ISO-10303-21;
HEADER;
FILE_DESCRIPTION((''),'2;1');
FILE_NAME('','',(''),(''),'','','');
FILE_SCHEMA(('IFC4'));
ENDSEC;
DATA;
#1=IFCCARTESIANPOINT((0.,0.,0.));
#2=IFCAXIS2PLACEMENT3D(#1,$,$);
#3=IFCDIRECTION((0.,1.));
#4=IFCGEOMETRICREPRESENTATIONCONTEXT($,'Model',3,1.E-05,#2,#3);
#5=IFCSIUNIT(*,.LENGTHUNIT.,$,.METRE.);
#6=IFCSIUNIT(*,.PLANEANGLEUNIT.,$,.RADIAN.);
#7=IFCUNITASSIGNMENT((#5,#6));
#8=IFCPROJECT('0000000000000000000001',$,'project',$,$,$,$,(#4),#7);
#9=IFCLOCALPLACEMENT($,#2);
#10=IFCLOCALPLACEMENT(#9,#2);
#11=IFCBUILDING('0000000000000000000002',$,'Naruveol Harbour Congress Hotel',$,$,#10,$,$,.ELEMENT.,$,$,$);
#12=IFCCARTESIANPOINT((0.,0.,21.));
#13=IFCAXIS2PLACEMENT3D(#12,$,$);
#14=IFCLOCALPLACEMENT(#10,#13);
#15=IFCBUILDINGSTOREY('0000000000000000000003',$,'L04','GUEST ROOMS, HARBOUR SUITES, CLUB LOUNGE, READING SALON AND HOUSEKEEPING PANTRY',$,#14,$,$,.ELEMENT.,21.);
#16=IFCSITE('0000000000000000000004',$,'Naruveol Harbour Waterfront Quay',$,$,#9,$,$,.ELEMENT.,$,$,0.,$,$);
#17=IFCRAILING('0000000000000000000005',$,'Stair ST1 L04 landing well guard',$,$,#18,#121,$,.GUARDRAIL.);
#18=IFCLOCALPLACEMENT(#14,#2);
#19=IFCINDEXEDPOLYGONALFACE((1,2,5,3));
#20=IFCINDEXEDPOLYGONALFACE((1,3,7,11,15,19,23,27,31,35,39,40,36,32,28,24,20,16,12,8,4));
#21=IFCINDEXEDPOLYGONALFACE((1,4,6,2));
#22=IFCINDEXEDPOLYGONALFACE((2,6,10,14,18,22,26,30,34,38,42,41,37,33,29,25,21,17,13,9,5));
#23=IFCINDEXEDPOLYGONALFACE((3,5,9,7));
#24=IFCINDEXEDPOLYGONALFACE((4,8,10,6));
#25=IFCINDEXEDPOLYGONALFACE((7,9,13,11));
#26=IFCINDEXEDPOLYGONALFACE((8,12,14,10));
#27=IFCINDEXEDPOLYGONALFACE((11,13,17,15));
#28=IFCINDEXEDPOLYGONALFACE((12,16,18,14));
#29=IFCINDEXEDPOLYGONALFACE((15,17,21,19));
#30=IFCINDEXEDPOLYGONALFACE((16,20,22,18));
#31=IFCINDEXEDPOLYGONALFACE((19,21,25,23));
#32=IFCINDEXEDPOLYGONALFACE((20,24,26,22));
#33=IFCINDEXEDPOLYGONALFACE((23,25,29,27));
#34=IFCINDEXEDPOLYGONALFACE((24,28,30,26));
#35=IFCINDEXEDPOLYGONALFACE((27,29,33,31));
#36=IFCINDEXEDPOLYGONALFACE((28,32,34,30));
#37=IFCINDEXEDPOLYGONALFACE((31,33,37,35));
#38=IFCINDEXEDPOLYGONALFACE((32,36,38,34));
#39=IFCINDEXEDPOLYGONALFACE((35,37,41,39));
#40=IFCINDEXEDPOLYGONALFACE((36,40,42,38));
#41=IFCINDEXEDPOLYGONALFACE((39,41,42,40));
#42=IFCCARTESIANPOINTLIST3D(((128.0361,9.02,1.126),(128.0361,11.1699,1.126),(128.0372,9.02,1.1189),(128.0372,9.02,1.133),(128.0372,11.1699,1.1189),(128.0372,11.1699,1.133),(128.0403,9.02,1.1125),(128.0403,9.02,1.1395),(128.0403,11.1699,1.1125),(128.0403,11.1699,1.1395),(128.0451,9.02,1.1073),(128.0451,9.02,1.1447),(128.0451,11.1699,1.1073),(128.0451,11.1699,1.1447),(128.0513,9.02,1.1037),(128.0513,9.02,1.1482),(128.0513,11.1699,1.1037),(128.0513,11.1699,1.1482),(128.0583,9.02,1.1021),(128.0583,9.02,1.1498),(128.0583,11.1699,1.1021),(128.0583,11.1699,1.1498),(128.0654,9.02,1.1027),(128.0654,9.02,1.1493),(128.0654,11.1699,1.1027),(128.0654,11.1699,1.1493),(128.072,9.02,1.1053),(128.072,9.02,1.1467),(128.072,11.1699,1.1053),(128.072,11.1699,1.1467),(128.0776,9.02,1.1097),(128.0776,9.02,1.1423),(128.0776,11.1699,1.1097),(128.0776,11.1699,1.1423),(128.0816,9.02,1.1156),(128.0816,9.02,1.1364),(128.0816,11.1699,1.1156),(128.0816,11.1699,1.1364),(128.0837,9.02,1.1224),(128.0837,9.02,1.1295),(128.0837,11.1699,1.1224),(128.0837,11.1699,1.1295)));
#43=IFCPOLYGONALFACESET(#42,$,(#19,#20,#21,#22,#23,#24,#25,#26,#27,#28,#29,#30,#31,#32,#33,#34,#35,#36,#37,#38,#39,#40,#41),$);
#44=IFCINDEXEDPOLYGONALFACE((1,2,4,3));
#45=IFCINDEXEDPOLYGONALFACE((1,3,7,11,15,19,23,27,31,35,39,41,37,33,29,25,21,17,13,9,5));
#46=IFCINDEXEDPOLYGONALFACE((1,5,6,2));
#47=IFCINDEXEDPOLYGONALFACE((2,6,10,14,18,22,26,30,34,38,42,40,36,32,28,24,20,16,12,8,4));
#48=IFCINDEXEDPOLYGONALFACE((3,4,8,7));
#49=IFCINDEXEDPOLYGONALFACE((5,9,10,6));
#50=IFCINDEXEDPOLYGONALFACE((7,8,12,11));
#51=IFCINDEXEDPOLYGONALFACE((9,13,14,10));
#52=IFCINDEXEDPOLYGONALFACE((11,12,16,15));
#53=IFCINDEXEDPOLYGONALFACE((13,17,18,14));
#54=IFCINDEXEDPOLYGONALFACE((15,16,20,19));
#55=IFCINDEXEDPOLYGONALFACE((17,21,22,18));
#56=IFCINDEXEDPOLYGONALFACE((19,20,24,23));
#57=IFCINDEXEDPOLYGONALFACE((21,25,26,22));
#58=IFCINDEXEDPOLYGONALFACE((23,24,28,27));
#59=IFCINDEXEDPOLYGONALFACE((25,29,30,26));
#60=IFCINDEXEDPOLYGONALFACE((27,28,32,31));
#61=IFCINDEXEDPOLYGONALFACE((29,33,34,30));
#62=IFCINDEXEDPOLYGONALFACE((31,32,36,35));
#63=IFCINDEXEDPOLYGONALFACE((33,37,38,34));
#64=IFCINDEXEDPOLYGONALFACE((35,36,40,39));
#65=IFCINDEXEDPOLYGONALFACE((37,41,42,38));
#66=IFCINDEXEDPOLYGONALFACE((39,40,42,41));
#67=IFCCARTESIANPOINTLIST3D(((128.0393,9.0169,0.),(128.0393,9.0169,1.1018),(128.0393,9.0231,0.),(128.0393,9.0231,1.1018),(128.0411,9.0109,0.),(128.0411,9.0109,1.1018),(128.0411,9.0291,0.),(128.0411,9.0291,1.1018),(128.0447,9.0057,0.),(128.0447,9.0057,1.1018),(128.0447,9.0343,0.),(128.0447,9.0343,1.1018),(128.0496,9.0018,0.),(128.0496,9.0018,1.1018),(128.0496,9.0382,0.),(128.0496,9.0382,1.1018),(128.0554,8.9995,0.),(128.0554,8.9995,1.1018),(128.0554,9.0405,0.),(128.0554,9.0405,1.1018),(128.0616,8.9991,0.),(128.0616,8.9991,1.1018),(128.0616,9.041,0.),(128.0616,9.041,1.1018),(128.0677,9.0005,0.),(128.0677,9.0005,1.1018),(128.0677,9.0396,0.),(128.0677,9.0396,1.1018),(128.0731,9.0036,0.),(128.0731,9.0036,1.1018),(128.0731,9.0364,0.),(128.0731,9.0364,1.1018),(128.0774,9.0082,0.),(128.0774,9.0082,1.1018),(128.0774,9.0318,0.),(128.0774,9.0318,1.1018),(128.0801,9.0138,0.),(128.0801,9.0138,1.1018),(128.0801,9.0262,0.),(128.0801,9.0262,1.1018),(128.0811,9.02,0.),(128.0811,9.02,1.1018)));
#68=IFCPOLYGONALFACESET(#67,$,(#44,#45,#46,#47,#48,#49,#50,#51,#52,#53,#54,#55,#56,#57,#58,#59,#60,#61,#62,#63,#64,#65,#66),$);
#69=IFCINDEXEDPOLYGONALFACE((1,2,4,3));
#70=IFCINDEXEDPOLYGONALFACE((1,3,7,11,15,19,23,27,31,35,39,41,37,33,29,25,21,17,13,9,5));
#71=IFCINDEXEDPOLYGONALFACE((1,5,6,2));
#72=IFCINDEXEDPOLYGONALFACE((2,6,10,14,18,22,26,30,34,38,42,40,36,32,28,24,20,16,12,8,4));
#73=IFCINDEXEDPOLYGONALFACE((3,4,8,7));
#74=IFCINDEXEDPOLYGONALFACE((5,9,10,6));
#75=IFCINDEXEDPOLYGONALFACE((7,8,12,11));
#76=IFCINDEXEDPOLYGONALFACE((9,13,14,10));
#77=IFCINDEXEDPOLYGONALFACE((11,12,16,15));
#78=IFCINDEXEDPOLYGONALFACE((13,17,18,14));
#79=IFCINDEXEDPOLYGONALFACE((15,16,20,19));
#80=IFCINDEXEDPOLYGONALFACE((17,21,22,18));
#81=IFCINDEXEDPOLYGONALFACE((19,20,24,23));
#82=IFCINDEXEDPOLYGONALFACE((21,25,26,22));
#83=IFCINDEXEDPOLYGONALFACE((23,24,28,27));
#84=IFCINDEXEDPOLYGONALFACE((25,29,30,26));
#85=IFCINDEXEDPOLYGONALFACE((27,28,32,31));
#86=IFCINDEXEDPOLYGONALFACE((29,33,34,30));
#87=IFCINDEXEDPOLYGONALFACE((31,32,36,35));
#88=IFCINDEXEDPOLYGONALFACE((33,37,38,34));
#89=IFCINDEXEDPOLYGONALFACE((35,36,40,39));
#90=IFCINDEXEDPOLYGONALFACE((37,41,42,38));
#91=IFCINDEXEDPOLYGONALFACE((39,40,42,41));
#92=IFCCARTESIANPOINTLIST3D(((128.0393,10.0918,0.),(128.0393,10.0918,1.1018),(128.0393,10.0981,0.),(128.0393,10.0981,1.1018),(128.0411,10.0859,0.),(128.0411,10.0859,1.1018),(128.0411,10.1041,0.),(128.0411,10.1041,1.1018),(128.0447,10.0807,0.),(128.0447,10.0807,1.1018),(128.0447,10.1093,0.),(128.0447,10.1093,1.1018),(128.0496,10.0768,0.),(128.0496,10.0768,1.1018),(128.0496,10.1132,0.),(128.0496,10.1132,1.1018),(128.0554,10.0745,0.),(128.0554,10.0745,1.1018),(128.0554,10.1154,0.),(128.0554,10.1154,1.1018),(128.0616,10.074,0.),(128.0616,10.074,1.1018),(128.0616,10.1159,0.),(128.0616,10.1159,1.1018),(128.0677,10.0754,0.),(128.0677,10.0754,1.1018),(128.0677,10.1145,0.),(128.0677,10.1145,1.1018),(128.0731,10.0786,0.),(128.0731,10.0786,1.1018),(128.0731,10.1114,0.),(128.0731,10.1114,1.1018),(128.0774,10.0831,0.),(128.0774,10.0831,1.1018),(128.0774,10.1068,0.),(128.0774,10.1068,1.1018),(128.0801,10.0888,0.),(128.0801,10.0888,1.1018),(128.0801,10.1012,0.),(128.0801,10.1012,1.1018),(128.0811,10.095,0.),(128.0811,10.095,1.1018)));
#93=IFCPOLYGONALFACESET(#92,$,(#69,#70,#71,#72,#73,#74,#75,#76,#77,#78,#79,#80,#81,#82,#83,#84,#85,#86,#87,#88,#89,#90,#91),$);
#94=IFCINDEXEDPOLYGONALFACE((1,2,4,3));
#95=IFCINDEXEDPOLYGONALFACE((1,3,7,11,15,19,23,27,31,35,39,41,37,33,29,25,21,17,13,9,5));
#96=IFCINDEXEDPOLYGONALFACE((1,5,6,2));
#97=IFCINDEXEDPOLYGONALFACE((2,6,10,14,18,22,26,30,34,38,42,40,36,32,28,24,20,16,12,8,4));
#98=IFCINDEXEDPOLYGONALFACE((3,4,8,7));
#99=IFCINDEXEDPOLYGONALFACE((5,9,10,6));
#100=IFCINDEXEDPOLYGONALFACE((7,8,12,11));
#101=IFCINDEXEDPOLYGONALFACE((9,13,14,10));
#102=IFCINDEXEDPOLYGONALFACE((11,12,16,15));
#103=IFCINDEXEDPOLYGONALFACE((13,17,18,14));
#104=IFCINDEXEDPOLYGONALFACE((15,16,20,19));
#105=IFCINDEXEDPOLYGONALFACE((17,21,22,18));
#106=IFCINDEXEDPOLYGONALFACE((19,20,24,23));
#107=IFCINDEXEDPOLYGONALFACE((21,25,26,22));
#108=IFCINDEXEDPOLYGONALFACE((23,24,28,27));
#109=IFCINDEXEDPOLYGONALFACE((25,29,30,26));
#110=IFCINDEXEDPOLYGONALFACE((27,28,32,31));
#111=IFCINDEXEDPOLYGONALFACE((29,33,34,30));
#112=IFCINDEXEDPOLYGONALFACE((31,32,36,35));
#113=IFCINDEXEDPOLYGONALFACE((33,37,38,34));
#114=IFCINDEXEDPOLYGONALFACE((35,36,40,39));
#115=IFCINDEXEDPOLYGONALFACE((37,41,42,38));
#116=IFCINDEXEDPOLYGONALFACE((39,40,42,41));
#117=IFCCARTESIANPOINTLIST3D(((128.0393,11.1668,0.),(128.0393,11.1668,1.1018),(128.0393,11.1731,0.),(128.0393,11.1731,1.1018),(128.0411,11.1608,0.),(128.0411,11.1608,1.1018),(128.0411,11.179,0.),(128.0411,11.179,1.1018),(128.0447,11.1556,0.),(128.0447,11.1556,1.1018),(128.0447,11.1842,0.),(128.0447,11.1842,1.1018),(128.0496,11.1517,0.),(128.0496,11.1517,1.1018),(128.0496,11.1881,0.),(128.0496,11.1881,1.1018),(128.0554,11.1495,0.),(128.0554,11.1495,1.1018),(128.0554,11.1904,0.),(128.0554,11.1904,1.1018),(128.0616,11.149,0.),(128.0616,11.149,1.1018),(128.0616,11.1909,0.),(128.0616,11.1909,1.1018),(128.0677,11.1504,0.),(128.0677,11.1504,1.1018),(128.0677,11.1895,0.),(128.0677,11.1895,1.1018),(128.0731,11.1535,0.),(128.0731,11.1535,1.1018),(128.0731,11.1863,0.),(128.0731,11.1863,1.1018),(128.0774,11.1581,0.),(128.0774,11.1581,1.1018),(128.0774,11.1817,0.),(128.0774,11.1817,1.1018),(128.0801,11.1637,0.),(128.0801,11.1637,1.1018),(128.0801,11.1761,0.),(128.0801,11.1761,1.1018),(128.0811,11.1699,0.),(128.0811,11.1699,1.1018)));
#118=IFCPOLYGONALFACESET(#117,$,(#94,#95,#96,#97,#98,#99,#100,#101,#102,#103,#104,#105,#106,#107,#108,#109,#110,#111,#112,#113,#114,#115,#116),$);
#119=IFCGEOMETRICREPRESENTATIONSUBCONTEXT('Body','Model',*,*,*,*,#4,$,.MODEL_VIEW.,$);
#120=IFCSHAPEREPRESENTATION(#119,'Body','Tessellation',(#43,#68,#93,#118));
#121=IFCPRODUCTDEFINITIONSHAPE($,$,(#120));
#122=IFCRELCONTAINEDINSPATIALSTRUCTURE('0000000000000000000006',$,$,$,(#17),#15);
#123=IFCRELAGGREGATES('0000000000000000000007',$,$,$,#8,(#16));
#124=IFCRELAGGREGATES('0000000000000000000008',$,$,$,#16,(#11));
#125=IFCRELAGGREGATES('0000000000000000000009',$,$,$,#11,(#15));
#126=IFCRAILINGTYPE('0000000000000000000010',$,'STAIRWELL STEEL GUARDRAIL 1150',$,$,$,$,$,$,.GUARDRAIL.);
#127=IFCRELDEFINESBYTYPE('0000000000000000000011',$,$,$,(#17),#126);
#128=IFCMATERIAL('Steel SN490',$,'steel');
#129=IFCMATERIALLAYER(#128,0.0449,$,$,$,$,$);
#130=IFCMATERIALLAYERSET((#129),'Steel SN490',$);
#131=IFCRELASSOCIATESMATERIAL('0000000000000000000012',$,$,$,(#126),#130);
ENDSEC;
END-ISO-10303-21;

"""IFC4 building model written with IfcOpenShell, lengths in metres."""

from ifc_helpers import new_model, si_unit, direction, frame, origin, origin_2d, place, context, subcontext, project, spatial, circle, extrude, material, layer, layer_set, type_object, element, save


model = new_model("IFC4")

# Units and contexts
model_context = context("Model", 3, precision=1e-05, world=origin(), true_north=direction((0.0, 1.0)))
body_context = subcontext(model_context, "Body", "Model", "MODEL_VIEW")
ifc_project = project(units=[si_unit("LENGTHUNIT", "METRE"), si_unit("PLANEANGLEUNIT", "RADIAN")], contexts=[model_context])

# Site, building, storey
site_placement = place(None, origin())
site = spatial("IfcSite", under=ifc_project, at=site_placement, Name="Naruveol Harbour Waterfront Quay", CompositionType="ELEMENT", RefElevation=0.0)
building_placement = place(site_placement, origin())
building = spatial("IfcBuilding", under=site, at=building_placement, Name="Naruveol Harbour Congress Hotel", CompositionType="ELEMENT")
storey_placement = place(building_placement, frame((0.0, 0.0, 21.0)))
storey = spatial("IfcBuildingStorey", under=building, at=storey_placement, Name="L04", Description="GUEST ROOMS, HARBOUR SUITES, CLUB LOUNGE, READING SALON AND HOUSEKEEPING PANTRY", CompositionType="ELEMENT", Elevation=21.0)

# Railing
ifc_material_1 = material(Name="Steel SN490", Category="steel")
ifc_layer_1 = layer(ifc_material_1, 0.0449)
ifc_layer_set_1 = layer_set([ifc_layer_1], Name="Steel SN490")
railing_type_1 = type_object("IfcRailingType", Name="STAIRWELL STEEL GUARDRAIL 1150", PredefinedType="GUARDRAIL", material=ifc_layer_set_1)
railing_1_placement = place(storey_placement, frame((128.0601, 9.02, 0.0)))
element("IfcRailing", 1, at=railing_1_placement, inside=storey, type_object=railing_type_1, Name="Stair ST1 L04 landing well guard", PredefinedType="GUARDRAIL", context=body_context, shape_type="SweptSolid", body=[
    extrude(circle(Radius=0.0239, at=origin_2d()), frame((0.0, 0.0, 1.126), z_axis=(0.0, 1.0, 0.0), x_axis=(-1.0, 0.0, 0.0)), (0.0, 0.0, 1.0), 2.1499),
    extrude(circle(Radius=0.021, at=origin_2d()), origin(), (0.0, 0.0, 1.0), 1.1018),
    extrude(circle(Radius=0.021, at=origin_2d()), frame((0.0, 1.075, 0.0)), (0.0, 0.0, 1.0), 1.1018),
    extrude(circle(Radius=0.021, at=origin_2d()), frame((0.0, 2.1499, 0.0)), (0.0, 0.0, 1.0), 1.1018),
])

save(model, "model.ifc")
